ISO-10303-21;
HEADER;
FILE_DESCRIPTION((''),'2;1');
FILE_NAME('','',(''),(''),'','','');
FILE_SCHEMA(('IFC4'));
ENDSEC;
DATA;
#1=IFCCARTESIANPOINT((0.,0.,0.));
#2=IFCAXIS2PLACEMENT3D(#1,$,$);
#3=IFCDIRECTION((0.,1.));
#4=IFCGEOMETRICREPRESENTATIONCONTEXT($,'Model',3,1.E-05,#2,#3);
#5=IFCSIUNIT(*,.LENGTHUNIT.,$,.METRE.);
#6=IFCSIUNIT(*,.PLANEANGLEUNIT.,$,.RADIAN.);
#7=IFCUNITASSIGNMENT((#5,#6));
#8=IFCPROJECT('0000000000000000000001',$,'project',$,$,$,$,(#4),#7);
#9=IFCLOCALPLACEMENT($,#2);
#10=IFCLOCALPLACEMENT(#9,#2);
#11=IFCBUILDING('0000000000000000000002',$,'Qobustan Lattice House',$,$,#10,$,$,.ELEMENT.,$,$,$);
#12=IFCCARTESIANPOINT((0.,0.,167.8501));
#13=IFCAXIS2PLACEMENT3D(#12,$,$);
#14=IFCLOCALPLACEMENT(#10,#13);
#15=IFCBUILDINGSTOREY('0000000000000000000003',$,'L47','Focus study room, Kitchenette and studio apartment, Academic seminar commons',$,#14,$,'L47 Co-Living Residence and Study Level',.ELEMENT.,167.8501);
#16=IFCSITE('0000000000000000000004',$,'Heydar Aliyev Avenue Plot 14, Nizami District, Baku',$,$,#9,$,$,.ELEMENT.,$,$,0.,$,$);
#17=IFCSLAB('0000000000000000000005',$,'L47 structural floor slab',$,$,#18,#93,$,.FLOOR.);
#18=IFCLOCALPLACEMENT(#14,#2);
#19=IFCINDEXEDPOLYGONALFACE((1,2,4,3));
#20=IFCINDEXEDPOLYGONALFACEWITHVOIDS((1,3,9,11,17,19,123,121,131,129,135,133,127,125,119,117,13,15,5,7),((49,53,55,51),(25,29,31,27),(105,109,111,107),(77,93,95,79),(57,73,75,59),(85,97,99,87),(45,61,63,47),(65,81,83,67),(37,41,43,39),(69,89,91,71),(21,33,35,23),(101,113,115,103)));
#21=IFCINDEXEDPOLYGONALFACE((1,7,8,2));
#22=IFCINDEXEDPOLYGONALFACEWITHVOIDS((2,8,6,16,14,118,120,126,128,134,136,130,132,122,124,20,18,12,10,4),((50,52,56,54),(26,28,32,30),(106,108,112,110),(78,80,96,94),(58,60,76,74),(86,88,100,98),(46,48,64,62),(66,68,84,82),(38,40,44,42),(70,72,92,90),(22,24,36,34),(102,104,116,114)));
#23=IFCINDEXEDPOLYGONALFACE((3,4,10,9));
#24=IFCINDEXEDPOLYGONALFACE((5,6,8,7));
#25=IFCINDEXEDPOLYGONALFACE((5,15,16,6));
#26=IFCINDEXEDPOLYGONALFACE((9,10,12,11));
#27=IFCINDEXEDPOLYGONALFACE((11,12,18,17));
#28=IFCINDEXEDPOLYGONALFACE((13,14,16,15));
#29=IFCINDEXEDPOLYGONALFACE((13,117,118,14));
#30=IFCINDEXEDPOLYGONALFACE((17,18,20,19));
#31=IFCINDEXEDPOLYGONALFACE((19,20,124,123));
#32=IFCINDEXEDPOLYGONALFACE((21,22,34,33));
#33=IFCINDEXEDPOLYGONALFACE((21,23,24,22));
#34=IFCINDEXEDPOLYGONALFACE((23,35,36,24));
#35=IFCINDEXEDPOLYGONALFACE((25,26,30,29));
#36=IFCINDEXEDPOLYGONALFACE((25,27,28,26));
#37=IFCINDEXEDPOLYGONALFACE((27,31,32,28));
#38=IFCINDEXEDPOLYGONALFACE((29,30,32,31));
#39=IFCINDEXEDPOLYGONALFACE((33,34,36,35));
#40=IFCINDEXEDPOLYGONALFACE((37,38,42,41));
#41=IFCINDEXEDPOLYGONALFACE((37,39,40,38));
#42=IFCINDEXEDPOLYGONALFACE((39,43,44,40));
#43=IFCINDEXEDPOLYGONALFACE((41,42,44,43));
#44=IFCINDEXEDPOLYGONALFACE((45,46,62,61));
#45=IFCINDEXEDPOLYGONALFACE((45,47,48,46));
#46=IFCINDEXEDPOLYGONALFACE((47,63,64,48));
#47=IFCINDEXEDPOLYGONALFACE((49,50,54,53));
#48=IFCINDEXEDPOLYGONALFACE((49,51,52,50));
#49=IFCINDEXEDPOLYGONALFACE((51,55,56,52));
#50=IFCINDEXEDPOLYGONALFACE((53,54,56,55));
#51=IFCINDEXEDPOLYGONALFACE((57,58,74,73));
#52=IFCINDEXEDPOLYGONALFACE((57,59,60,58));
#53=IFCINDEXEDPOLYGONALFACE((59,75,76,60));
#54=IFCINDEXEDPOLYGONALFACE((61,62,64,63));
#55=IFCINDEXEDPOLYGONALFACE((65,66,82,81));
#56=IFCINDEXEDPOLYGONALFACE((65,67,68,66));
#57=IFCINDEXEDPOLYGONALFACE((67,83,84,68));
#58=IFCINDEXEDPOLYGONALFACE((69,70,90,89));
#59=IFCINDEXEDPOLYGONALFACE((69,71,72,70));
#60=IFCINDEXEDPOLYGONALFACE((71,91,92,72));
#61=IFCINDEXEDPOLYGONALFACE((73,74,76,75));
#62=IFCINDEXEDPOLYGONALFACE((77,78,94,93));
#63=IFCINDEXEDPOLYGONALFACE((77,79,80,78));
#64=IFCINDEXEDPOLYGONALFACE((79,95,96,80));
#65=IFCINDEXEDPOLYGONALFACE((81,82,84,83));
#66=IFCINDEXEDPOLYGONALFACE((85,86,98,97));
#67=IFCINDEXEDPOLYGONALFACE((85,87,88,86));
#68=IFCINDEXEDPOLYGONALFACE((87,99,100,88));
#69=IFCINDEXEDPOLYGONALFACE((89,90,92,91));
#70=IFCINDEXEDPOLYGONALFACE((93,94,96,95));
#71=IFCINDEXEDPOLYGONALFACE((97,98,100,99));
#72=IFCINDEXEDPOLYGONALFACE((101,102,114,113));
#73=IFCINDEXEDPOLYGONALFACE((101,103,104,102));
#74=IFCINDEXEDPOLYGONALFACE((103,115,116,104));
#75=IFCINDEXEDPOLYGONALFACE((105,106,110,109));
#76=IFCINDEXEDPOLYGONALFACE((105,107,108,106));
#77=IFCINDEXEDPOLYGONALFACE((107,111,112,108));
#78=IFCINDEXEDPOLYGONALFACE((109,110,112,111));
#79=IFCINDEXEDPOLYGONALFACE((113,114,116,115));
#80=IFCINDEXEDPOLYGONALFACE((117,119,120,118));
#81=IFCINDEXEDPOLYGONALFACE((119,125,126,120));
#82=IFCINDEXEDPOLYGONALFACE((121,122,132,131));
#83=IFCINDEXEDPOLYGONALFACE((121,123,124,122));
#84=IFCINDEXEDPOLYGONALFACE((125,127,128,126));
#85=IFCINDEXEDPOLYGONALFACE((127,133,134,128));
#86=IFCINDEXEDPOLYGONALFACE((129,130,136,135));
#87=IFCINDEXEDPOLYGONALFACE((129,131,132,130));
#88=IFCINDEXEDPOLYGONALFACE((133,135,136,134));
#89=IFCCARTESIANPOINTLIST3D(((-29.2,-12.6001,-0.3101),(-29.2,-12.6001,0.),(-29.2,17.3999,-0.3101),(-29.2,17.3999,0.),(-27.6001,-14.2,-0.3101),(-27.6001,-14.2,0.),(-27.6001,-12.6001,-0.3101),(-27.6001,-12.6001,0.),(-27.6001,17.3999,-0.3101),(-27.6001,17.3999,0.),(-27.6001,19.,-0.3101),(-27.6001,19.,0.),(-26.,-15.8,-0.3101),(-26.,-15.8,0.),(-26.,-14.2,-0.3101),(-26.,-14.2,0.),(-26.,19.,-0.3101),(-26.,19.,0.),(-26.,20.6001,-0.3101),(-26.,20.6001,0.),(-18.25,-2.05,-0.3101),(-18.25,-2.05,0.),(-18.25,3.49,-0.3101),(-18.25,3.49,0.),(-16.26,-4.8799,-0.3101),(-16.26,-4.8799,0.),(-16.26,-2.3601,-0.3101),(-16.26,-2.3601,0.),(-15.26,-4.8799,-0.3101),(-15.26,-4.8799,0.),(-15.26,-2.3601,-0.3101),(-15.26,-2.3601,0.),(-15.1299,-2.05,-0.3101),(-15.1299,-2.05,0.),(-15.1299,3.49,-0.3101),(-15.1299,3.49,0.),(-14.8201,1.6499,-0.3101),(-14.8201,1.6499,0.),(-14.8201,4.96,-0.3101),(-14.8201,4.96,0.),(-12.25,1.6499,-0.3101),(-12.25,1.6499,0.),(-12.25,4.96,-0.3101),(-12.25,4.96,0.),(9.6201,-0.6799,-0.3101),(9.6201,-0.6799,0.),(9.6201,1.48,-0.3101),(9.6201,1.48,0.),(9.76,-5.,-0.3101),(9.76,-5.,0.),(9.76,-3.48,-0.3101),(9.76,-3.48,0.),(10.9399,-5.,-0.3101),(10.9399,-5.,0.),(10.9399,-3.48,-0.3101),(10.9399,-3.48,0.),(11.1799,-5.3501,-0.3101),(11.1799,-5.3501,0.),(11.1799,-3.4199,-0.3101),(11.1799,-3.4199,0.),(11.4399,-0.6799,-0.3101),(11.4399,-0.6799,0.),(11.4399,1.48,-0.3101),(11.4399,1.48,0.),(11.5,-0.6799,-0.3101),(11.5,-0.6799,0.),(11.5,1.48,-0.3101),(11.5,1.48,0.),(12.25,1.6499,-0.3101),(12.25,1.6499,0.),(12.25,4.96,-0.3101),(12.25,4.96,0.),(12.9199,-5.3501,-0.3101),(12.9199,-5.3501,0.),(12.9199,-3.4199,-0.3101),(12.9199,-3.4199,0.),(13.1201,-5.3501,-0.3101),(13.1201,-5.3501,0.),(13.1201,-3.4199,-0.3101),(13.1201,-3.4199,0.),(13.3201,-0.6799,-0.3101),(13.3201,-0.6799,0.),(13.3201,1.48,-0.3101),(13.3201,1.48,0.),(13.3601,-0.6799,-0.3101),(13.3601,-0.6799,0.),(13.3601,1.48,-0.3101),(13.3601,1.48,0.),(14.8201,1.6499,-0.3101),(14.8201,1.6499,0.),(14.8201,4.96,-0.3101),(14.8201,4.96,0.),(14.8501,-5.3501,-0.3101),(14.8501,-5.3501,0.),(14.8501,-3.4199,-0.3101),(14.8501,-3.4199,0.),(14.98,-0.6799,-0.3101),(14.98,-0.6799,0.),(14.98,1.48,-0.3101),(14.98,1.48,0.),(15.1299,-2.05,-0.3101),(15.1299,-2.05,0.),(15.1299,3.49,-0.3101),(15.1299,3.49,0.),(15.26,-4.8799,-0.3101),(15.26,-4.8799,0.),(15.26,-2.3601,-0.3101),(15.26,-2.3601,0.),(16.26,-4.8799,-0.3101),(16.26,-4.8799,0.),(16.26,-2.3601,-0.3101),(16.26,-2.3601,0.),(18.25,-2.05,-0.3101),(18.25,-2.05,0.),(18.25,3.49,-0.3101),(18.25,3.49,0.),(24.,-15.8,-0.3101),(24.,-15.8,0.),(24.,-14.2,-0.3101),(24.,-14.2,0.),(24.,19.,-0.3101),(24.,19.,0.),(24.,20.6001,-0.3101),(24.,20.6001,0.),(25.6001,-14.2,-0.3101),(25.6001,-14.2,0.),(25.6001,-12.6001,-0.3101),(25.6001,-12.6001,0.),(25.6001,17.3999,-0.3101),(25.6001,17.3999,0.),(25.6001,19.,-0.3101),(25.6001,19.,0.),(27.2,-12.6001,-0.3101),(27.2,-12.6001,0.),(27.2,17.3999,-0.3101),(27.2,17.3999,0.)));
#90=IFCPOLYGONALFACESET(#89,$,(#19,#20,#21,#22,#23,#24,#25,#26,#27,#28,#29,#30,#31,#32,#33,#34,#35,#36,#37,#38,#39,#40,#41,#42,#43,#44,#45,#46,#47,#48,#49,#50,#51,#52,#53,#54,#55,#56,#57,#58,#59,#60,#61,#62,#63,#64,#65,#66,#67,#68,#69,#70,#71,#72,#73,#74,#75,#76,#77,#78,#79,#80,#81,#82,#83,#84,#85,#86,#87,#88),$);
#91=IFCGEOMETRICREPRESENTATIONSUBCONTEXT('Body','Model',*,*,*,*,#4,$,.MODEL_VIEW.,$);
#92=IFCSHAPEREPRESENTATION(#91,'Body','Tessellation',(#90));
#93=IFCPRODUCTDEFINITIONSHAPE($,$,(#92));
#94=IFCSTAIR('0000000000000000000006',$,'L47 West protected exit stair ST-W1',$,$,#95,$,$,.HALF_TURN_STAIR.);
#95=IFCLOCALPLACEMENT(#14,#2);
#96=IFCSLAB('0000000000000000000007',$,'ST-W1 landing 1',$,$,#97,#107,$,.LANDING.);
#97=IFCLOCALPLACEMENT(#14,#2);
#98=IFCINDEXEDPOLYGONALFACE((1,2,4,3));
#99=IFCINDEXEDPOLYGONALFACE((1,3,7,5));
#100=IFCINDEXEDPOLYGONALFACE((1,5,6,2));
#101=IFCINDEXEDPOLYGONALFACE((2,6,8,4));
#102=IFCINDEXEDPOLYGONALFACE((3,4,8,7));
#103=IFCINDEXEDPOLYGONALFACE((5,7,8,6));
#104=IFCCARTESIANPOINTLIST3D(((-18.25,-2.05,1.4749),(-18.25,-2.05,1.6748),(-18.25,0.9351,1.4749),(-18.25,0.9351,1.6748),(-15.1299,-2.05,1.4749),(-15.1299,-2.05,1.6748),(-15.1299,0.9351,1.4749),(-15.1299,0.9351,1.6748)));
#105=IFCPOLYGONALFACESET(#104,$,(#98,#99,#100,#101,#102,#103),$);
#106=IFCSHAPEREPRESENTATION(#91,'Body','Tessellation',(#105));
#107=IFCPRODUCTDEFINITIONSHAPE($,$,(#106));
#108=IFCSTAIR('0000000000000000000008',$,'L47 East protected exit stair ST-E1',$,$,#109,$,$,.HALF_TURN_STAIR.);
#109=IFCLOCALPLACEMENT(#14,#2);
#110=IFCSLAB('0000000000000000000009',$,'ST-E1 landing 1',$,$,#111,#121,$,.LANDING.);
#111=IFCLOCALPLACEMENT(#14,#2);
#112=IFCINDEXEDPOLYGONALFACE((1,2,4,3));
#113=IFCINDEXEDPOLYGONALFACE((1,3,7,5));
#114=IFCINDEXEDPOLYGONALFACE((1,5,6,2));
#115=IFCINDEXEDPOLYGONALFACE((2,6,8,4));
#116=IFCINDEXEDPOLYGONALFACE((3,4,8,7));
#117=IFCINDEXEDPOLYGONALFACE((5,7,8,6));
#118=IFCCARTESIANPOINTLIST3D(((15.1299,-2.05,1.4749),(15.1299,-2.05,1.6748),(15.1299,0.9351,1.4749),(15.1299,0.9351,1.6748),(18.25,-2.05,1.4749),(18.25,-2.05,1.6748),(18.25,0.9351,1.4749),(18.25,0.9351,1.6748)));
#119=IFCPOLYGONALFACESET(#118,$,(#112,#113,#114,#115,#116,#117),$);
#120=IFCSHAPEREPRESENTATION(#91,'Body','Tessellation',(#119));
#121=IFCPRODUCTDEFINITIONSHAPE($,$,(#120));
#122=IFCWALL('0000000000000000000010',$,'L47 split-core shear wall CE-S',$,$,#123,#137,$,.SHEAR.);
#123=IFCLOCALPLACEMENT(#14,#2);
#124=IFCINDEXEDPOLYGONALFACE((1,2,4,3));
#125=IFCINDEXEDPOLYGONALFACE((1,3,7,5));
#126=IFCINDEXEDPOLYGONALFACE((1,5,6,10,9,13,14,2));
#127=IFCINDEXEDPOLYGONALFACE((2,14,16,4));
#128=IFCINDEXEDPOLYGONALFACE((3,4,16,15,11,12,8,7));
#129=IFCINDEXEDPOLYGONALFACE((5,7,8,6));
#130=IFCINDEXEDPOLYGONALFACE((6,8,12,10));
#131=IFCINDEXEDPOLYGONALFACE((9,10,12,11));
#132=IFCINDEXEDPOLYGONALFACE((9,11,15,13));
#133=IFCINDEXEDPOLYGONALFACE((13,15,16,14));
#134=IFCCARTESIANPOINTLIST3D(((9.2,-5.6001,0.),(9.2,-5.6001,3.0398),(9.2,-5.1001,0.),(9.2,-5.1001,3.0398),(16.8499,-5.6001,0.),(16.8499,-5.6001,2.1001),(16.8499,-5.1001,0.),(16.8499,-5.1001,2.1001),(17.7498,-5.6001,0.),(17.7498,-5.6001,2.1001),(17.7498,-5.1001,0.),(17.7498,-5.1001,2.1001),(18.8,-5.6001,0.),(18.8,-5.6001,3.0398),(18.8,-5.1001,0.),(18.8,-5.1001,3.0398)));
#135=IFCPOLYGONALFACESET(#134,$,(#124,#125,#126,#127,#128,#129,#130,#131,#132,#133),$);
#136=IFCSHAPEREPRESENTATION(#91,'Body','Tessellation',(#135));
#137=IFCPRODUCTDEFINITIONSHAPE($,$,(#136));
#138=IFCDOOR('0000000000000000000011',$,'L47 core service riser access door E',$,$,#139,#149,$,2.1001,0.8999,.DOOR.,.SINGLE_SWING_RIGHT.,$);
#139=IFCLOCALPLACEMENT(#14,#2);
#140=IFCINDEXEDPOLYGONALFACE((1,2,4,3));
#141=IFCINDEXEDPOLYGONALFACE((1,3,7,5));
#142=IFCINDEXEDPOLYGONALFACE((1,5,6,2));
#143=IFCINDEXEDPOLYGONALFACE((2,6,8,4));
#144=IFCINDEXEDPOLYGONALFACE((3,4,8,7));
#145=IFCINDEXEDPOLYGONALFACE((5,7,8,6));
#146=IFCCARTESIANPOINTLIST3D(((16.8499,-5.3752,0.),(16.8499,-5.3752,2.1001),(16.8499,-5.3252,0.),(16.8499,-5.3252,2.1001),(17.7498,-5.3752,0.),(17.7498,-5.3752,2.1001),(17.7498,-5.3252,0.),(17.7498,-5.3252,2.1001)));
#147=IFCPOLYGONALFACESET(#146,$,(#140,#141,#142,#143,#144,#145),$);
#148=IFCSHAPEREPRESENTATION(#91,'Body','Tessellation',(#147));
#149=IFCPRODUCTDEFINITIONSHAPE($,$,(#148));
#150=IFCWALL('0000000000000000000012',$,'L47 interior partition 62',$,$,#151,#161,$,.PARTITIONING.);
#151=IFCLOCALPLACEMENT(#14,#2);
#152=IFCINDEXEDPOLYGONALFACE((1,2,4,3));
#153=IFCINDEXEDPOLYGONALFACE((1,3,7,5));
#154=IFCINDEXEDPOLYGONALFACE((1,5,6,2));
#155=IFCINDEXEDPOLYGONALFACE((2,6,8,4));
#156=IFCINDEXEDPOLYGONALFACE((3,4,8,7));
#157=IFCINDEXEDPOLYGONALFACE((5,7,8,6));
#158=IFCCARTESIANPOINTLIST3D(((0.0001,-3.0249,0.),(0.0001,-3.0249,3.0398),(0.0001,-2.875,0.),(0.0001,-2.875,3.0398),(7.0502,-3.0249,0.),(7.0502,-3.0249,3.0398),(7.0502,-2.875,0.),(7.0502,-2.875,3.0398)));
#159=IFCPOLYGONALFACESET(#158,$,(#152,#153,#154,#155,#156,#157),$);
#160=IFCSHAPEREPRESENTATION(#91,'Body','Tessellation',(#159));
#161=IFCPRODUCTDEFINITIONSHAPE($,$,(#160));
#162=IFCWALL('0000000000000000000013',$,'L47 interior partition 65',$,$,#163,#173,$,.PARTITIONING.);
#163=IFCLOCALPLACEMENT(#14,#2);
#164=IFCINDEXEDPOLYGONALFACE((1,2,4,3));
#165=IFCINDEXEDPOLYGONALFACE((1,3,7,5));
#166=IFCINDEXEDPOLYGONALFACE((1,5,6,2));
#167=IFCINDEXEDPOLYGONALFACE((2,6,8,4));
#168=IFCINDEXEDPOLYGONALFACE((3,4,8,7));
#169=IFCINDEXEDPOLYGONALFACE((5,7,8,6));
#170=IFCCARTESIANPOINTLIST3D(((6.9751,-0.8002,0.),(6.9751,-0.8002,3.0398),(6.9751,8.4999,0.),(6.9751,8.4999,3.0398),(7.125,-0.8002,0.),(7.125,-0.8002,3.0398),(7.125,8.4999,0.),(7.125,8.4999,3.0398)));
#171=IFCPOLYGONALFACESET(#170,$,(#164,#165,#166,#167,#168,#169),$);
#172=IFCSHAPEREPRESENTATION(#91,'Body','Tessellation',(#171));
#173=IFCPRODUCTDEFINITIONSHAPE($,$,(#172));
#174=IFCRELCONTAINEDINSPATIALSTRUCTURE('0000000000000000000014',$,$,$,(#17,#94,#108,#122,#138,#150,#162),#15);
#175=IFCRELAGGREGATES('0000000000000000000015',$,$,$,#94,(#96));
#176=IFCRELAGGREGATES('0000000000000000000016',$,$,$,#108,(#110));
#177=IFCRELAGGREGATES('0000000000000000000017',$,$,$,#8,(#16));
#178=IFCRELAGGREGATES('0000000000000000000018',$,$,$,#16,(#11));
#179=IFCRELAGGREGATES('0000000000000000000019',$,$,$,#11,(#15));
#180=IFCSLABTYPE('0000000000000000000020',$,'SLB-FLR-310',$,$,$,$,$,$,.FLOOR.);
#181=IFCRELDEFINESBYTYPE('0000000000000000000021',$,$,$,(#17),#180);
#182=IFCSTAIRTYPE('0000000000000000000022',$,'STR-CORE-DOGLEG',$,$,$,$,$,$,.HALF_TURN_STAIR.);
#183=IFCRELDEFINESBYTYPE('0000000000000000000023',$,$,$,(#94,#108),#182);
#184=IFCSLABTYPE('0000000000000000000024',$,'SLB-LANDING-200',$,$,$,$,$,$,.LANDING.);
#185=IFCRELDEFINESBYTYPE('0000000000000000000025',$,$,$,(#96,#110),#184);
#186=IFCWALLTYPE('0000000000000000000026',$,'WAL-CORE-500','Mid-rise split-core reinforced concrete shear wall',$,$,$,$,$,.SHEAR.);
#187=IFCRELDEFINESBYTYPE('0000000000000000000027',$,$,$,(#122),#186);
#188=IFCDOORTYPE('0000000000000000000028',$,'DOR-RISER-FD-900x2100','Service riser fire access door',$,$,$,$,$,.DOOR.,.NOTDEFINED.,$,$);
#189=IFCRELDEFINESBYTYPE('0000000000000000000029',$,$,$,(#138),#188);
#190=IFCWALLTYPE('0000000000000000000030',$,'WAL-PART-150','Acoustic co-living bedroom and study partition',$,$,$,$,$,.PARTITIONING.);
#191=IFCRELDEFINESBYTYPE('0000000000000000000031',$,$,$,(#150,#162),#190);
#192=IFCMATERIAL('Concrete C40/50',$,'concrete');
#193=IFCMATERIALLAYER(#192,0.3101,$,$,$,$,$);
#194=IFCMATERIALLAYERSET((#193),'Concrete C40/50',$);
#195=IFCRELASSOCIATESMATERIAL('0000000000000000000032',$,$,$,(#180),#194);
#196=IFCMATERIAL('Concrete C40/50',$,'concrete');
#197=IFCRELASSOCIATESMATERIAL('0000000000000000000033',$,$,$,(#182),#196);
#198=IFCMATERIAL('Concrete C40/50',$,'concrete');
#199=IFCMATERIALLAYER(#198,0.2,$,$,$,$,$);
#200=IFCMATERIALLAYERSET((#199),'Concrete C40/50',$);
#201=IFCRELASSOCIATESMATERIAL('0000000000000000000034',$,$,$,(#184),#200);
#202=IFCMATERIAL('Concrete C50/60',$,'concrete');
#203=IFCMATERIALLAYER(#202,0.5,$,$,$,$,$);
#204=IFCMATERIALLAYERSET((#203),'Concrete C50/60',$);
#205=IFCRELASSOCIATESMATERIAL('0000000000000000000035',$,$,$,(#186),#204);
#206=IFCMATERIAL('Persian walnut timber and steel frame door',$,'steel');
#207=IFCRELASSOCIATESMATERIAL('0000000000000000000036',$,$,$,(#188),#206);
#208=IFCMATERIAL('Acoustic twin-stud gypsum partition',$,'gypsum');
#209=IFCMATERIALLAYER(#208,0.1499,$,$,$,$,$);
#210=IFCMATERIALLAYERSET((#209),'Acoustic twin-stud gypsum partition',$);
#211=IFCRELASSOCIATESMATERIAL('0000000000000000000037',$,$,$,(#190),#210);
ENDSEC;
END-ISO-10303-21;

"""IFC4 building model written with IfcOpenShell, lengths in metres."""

from ifc_helpers import new_model, si_unit, direction, frame, frame_2d, origin, place, context, subcontext, project, spatial, polyline, rectangle, outline, extrude, material, layer, layer_set, type_object, element, fill, aggregate, save


model = new_model("IFC4")

# Units and contexts
model_context = context("Model", 3, precision=1e-05, world=origin(), true_north=direction((0.0, 1.0)))
body_context = subcontext(model_context, "Body", "Model", "MODEL_VIEW")
ifc_project = project(units=[si_unit("LENGTHUNIT", "METRE"), si_unit("PLANEANGLEUNIT", "RADIAN")], contexts=[model_context])

# Site, building, storey
site_placement = place(None, origin())
site = spatial("IfcSite", under=ifc_project, at=site_placement, Name="Heydar Aliyev Avenue Plot 14, Nizami District, Baku", CompositionType="ELEMENT", RefElevation=0.0)
building_placement = place(site_placement, origin())
building = spatial("IfcBuilding", under=site, at=building_placement, Name="Qobustan Lattice House", CompositionType="ELEMENT")
storey_placement = place(building_placement, frame((0.0, 0.0, 167.8501)))
storey = spatial("IfcBuildingStorey", under=building, at=storey_placement, Name="L47", Description="Focus study room, Kitchenette and studio apartment, Academic seminar commons", LongName="L47 Co-Living Residence and Study Level", CompositionType="ELEMENT", Elevation=167.8501)

# Slab
ifc_material_1 = material(Name="Concrete C40/50", Category="concrete")
ifc_layer_1 = layer(ifc_material_1, 0.3101)
ifc_layer_set_1 = layer_set([ifc_layer_1], Name="Concrete C40/50")
slab_type_1 = type_object("IfcSlabType", Name="SLB-FLR-310", PredefinedType="FLOOR", material=ifc_layer_set_1)
slab_1_placement = place(storey_placement, frame((0.0, 0.0, -0.3101)))
element("IfcSlab", 1, at=slab_1_placement, inside=storey, type_object=slab_type_1, Name="L47 structural floor slab", PredefinedType="FLOOR", context=body_context, shape_type="SweptSolid", body=[
    extrude(outline(polyline([(-26.0, -15.8), (24.0, -15.8), (24.0, -14.2), (25.6001, -14.2), (25.6001, -12.6001), (27.2, -12.6001), (27.2, 17.3999), (25.6001, 17.3999), (25.6001, 19.0), (24.0, 19.0), (24.0, 20.6001), (-26.0, 20.6001), (-26.0, 19.0), (-27.6001, 19.0), (-27.6001, 17.3999), (-29.2, 17.3999), (-29.2, -12.6001), (-27.6001, -12.6001), (-27.6001, -14.2), (-26.0, -14.2), (-26.0, -15.8)]), holes=[polyline([(-18.25, -2.05), (-18.25, 3.49), (-15.1299, 3.49), (-15.1299, -2.05), (-18.25, -2.05)]), polyline([(15.1299, -2.05), (15.1299, 3.49), (18.25, 3.49), (18.25, -2.05), (15.1299, -2.05)]), polyline([(-14.8201, 1.6499), (-14.8201, 4.96), (-12.25, 4.96), (-12.25, 1.6499), (-14.8201, 1.6499)]), polyline([(12.25, 1.6499), (12.25, 4.96), (14.8201, 4.96), (14.8201, 1.6499), (12.25, 1.6499)]), polyline([(-16.26, -4.8799), (-16.26, -2.3601), (-15.26, -2.3601), (-15.26, -4.8799), (-16.26, -4.8799)]), polyline([(15.26, -4.8799), (15.26, -2.3601), (16.26, -2.3601), (16.26, -4.8799), (15.26, -4.8799)]), polyline([(11.1799, -5.3501), (11.1799, -3.4199), (12.9199, -3.4199), (12.9199, -5.3501), (11.1799, -5.3501)]), polyline([(13.1201, -5.3501), (13.1201, -3.4199), (14.8501, -3.4199), (14.8501, -5.3501), (13.1201, -5.3501)]), polyline([(9.76, -5.0), (9.76, -3.48), (10.9399, -3.48), (10.9399, -5.0), (9.76, -5.0)]), polyline([(13.3601, -0.6799), (13.3601, 1.48), (14.98, 1.48), (14.98, -0.6799), (13.3601, -0.6799)]), polyline([(9.6201, -0.6799), (9.6201, 1.48), (11.4399, 1.48), (11.4399, -0.6799), (9.6201, -0.6799)]), polyline([(11.5, -0.6799), (11.5, 1.48), (13.3201, 1.48), (13.3201, -0.6799), (11.5, -0.6799)])]), origin(), (0.0, 0.0, 1.0), 0.3101),
])

# Stairs, slabs
ifc_material_2 = material(Name="Concrete C40/50", Category="concrete")
stair_type = type_object("IfcStairType", Name="STR-CORE-DOGLEG", PredefinedType="HALF_TURN_STAIR", material=ifc_material_2)
stair_1_placement = place(storey_placement, origin())
stair_1 = element("IfcStair", 2, at=stair_1_placement, inside=storey, type_object=stair_type, Name="L47 West protected exit stair ST-W1", PredefinedType="HALF_TURN_STAIR")
ifc_material_3 = material(Name="Concrete C40/50", Category="concrete")
ifc_layer_2 = layer(ifc_material_3, 0.2)
ifc_layer_set_2 = layer_set([ifc_layer_2], Name="Concrete C40/50")
slab_type_2 = type_object("IfcSlabType", Name="SLB-LANDING-200", PredefinedType="LANDING", material=ifc_layer_set_2)
slab_2_placement = place(storey_placement, frame((0.0, 0.0, 1.4749)))
slab_2 = element("IfcSlab", 3, at=slab_2_placement, type_object=slab_type_2, Name="ST-W1 landing 1", PredefinedType="LANDING", context=body_context, shape_type="SweptSolid", body=[
    extrude(outline(polyline([(-18.25, 0.9351), (-18.25, -2.05), (-15.1299, -2.05), (-15.1299, 0.9351), (-18.25, 0.9351)])), origin(), (0.0, 0.0, 1.0), 0.2),
])
aggregate(stair_1, [slab_2])
stair_2_placement = place(storey_placement, origin())
stair_2 = element("IfcStair", 4, at=stair_2_placement, inside=storey, type_object=stair_type, Name="L47 East protected exit stair ST-E1", PredefinedType="HALF_TURN_STAIR")
slab_3_placement = place(storey_placement, frame((0.0, 0.0, 1.4749)))
slab_3 = element("IfcSlab", 5, at=slab_3_placement, type_object=slab_type_2, Name="ST-E1 landing 1", PredefinedType="LANDING", context=body_context, shape_type="SweptSolid", body=[
    extrude(outline(polyline([(15.1299, 0.9351), (15.1299, -2.05), (18.25, -2.05), (18.25, 0.9351), (15.1299, 0.9351)])), origin(), (0.0, 0.0, 1.0), 0.2),
])
aggregate(stair_2, [slab_3])

# Wall, opening, door
ifc_material_4 = material(Name="Concrete C50/60", Category="concrete")
ifc_layer_3 = layer(ifc_material_4, 0.5)
ifc_layer_set_3 = layer_set([ifc_layer_3], Name="Concrete C50/60")
wall_type_1 = type_object("IfcWallType", Name="WAL-CORE-500", Description="Mid-rise split-core reinforced concrete shear wall", PredefinedType="SHEAR", material=ifc_layer_set_3)
wall_1_placement = place(storey_placement, frame((9.2, -5.3501, 0.0), z_axis=(0.0, 0.0, 1.0), x_axis=(1.0, 0.0, 0.0)))
wall_1 = element("IfcWall", 6, at=wall_1_placement, inside=storey, type_object=wall_type_1, Name="L47 split-core shear wall CE-S", PredefinedType="SHEAR", context=body_context, shape_type="SweptSolid", body=[
    extrude(rectangle(XDim=9.6001, YDim=0.5, at=frame_2d((4.8, 0.0))), origin(), (0.0, 0.0, 1.0), 3.0398),
])
opening_1_placement = place(wall_1_placement, frame((7.6499, 0.0, 0.0)))
opening_1 = element("IfcOpeningElement", 7, at=opening_1_placement, cuts=wall_1, PredefinedType="OPENING", context=body_context, shape_type="SweptSolid", body=[
    extrude(rectangle(XDim=0.8999, YDim=2.1001, at=frame_2d((0.45, 1.05))), frame((0.0, 0.26, 0.0), z_axis=(0.0, -1.0, 0.0), x_axis=(1.0, 0.0, 0.0)), (0.0, 0.0, 1.0), 0.52),
])
ifc_material_5 = material(Name="Persian walnut timber and steel frame door", Category="steel")
door_type_1 = type_object("IfcDoorType", Name="DOR-RISER-FD-900x2100", Description="Service riser fire access door", OperationType="NOTDEFINED", PredefinedType="DOOR", material=ifc_material_5)
door_1_placement = place(opening_1_placement, origin())
door_1 = element("IfcDoor", 8, at=door_1_placement, inside=storey, type_object=door_type_1, Name="L47 core service riser access door E", OperationType="SINGLE_SWING_RIGHT", OverallHeight=2.1001, OverallWidth=0.8999, PredefinedType="DOOR", context=body_context, shape_type="SweptSolid", body=[
    extrude(rectangle(XDim=0.8999, YDim=2.1001, at=frame_2d((0.45, 1.05))), frame((0.0, 0.0249, 0.0), z_axis=(0.0, -1.0, 0.0), x_axis=(1.0, 0.0, 0.0)), (0.0, 0.0, 1.0), 0.05),
])
fill(opening_1, door_1)

# Walls
ifc_material_6 = material(Name="Acoustic twin-stud gypsum partition", Category="gypsum")
ifc_layer_4 = layer(ifc_material_6, 0.1499)
ifc_layer_set_4 = layer_set([ifc_layer_4], Name="Acoustic twin-stud gypsum partition")
wall_type_2 = type_object("IfcWallType", Name="WAL-PART-150", Description="Acoustic co-living bedroom and study partition", PredefinedType="PARTITIONING", material=ifc_layer_set_4)
wall_2_placement = place(storey_placement, frame((7.05, -2.95, 0.0), z_axis=(0.0, 0.0, 1.0), x_axis=(-1.0, 0.0, 0.0)))
element("IfcWall", 9, at=wall_2_placement, inside=storey, type_object=wall_type_2, Name="L47 interior partition 62", PredefinedType="PARTITIONING", context=body_context, shape_type="SweptSolid", body=[
    extrude(rectangle(XDim=7.05, YDim=0.1499, at=frame_2d((3.5249, 0.0))), origin(), (0.0, 0.0, 1.0), 3.0398),
])
wall_3_placement = place(storey_placement, frame((7.05, -0.8, 0.0), z_axis=(0.0, 0.0, 1.0), x_axis=(0.0, 1.0, 0.0)))
element("IfcWall", 10, at=wall_3_placement, inside=storey, type_object=wall_type_2, Name="L47 interior partition 65", PredefinedType="PARTITIONING", context=body_context, shape_type="SweptSolid", body=[
    extrude(rectangle(XDim=9.3, YDim=0.1499, at=frame_2d((4.6499, 0.0))), origin(), (0.0, 0.0, 1.0), 3.0398),
])

save(model, "model.ifc")
